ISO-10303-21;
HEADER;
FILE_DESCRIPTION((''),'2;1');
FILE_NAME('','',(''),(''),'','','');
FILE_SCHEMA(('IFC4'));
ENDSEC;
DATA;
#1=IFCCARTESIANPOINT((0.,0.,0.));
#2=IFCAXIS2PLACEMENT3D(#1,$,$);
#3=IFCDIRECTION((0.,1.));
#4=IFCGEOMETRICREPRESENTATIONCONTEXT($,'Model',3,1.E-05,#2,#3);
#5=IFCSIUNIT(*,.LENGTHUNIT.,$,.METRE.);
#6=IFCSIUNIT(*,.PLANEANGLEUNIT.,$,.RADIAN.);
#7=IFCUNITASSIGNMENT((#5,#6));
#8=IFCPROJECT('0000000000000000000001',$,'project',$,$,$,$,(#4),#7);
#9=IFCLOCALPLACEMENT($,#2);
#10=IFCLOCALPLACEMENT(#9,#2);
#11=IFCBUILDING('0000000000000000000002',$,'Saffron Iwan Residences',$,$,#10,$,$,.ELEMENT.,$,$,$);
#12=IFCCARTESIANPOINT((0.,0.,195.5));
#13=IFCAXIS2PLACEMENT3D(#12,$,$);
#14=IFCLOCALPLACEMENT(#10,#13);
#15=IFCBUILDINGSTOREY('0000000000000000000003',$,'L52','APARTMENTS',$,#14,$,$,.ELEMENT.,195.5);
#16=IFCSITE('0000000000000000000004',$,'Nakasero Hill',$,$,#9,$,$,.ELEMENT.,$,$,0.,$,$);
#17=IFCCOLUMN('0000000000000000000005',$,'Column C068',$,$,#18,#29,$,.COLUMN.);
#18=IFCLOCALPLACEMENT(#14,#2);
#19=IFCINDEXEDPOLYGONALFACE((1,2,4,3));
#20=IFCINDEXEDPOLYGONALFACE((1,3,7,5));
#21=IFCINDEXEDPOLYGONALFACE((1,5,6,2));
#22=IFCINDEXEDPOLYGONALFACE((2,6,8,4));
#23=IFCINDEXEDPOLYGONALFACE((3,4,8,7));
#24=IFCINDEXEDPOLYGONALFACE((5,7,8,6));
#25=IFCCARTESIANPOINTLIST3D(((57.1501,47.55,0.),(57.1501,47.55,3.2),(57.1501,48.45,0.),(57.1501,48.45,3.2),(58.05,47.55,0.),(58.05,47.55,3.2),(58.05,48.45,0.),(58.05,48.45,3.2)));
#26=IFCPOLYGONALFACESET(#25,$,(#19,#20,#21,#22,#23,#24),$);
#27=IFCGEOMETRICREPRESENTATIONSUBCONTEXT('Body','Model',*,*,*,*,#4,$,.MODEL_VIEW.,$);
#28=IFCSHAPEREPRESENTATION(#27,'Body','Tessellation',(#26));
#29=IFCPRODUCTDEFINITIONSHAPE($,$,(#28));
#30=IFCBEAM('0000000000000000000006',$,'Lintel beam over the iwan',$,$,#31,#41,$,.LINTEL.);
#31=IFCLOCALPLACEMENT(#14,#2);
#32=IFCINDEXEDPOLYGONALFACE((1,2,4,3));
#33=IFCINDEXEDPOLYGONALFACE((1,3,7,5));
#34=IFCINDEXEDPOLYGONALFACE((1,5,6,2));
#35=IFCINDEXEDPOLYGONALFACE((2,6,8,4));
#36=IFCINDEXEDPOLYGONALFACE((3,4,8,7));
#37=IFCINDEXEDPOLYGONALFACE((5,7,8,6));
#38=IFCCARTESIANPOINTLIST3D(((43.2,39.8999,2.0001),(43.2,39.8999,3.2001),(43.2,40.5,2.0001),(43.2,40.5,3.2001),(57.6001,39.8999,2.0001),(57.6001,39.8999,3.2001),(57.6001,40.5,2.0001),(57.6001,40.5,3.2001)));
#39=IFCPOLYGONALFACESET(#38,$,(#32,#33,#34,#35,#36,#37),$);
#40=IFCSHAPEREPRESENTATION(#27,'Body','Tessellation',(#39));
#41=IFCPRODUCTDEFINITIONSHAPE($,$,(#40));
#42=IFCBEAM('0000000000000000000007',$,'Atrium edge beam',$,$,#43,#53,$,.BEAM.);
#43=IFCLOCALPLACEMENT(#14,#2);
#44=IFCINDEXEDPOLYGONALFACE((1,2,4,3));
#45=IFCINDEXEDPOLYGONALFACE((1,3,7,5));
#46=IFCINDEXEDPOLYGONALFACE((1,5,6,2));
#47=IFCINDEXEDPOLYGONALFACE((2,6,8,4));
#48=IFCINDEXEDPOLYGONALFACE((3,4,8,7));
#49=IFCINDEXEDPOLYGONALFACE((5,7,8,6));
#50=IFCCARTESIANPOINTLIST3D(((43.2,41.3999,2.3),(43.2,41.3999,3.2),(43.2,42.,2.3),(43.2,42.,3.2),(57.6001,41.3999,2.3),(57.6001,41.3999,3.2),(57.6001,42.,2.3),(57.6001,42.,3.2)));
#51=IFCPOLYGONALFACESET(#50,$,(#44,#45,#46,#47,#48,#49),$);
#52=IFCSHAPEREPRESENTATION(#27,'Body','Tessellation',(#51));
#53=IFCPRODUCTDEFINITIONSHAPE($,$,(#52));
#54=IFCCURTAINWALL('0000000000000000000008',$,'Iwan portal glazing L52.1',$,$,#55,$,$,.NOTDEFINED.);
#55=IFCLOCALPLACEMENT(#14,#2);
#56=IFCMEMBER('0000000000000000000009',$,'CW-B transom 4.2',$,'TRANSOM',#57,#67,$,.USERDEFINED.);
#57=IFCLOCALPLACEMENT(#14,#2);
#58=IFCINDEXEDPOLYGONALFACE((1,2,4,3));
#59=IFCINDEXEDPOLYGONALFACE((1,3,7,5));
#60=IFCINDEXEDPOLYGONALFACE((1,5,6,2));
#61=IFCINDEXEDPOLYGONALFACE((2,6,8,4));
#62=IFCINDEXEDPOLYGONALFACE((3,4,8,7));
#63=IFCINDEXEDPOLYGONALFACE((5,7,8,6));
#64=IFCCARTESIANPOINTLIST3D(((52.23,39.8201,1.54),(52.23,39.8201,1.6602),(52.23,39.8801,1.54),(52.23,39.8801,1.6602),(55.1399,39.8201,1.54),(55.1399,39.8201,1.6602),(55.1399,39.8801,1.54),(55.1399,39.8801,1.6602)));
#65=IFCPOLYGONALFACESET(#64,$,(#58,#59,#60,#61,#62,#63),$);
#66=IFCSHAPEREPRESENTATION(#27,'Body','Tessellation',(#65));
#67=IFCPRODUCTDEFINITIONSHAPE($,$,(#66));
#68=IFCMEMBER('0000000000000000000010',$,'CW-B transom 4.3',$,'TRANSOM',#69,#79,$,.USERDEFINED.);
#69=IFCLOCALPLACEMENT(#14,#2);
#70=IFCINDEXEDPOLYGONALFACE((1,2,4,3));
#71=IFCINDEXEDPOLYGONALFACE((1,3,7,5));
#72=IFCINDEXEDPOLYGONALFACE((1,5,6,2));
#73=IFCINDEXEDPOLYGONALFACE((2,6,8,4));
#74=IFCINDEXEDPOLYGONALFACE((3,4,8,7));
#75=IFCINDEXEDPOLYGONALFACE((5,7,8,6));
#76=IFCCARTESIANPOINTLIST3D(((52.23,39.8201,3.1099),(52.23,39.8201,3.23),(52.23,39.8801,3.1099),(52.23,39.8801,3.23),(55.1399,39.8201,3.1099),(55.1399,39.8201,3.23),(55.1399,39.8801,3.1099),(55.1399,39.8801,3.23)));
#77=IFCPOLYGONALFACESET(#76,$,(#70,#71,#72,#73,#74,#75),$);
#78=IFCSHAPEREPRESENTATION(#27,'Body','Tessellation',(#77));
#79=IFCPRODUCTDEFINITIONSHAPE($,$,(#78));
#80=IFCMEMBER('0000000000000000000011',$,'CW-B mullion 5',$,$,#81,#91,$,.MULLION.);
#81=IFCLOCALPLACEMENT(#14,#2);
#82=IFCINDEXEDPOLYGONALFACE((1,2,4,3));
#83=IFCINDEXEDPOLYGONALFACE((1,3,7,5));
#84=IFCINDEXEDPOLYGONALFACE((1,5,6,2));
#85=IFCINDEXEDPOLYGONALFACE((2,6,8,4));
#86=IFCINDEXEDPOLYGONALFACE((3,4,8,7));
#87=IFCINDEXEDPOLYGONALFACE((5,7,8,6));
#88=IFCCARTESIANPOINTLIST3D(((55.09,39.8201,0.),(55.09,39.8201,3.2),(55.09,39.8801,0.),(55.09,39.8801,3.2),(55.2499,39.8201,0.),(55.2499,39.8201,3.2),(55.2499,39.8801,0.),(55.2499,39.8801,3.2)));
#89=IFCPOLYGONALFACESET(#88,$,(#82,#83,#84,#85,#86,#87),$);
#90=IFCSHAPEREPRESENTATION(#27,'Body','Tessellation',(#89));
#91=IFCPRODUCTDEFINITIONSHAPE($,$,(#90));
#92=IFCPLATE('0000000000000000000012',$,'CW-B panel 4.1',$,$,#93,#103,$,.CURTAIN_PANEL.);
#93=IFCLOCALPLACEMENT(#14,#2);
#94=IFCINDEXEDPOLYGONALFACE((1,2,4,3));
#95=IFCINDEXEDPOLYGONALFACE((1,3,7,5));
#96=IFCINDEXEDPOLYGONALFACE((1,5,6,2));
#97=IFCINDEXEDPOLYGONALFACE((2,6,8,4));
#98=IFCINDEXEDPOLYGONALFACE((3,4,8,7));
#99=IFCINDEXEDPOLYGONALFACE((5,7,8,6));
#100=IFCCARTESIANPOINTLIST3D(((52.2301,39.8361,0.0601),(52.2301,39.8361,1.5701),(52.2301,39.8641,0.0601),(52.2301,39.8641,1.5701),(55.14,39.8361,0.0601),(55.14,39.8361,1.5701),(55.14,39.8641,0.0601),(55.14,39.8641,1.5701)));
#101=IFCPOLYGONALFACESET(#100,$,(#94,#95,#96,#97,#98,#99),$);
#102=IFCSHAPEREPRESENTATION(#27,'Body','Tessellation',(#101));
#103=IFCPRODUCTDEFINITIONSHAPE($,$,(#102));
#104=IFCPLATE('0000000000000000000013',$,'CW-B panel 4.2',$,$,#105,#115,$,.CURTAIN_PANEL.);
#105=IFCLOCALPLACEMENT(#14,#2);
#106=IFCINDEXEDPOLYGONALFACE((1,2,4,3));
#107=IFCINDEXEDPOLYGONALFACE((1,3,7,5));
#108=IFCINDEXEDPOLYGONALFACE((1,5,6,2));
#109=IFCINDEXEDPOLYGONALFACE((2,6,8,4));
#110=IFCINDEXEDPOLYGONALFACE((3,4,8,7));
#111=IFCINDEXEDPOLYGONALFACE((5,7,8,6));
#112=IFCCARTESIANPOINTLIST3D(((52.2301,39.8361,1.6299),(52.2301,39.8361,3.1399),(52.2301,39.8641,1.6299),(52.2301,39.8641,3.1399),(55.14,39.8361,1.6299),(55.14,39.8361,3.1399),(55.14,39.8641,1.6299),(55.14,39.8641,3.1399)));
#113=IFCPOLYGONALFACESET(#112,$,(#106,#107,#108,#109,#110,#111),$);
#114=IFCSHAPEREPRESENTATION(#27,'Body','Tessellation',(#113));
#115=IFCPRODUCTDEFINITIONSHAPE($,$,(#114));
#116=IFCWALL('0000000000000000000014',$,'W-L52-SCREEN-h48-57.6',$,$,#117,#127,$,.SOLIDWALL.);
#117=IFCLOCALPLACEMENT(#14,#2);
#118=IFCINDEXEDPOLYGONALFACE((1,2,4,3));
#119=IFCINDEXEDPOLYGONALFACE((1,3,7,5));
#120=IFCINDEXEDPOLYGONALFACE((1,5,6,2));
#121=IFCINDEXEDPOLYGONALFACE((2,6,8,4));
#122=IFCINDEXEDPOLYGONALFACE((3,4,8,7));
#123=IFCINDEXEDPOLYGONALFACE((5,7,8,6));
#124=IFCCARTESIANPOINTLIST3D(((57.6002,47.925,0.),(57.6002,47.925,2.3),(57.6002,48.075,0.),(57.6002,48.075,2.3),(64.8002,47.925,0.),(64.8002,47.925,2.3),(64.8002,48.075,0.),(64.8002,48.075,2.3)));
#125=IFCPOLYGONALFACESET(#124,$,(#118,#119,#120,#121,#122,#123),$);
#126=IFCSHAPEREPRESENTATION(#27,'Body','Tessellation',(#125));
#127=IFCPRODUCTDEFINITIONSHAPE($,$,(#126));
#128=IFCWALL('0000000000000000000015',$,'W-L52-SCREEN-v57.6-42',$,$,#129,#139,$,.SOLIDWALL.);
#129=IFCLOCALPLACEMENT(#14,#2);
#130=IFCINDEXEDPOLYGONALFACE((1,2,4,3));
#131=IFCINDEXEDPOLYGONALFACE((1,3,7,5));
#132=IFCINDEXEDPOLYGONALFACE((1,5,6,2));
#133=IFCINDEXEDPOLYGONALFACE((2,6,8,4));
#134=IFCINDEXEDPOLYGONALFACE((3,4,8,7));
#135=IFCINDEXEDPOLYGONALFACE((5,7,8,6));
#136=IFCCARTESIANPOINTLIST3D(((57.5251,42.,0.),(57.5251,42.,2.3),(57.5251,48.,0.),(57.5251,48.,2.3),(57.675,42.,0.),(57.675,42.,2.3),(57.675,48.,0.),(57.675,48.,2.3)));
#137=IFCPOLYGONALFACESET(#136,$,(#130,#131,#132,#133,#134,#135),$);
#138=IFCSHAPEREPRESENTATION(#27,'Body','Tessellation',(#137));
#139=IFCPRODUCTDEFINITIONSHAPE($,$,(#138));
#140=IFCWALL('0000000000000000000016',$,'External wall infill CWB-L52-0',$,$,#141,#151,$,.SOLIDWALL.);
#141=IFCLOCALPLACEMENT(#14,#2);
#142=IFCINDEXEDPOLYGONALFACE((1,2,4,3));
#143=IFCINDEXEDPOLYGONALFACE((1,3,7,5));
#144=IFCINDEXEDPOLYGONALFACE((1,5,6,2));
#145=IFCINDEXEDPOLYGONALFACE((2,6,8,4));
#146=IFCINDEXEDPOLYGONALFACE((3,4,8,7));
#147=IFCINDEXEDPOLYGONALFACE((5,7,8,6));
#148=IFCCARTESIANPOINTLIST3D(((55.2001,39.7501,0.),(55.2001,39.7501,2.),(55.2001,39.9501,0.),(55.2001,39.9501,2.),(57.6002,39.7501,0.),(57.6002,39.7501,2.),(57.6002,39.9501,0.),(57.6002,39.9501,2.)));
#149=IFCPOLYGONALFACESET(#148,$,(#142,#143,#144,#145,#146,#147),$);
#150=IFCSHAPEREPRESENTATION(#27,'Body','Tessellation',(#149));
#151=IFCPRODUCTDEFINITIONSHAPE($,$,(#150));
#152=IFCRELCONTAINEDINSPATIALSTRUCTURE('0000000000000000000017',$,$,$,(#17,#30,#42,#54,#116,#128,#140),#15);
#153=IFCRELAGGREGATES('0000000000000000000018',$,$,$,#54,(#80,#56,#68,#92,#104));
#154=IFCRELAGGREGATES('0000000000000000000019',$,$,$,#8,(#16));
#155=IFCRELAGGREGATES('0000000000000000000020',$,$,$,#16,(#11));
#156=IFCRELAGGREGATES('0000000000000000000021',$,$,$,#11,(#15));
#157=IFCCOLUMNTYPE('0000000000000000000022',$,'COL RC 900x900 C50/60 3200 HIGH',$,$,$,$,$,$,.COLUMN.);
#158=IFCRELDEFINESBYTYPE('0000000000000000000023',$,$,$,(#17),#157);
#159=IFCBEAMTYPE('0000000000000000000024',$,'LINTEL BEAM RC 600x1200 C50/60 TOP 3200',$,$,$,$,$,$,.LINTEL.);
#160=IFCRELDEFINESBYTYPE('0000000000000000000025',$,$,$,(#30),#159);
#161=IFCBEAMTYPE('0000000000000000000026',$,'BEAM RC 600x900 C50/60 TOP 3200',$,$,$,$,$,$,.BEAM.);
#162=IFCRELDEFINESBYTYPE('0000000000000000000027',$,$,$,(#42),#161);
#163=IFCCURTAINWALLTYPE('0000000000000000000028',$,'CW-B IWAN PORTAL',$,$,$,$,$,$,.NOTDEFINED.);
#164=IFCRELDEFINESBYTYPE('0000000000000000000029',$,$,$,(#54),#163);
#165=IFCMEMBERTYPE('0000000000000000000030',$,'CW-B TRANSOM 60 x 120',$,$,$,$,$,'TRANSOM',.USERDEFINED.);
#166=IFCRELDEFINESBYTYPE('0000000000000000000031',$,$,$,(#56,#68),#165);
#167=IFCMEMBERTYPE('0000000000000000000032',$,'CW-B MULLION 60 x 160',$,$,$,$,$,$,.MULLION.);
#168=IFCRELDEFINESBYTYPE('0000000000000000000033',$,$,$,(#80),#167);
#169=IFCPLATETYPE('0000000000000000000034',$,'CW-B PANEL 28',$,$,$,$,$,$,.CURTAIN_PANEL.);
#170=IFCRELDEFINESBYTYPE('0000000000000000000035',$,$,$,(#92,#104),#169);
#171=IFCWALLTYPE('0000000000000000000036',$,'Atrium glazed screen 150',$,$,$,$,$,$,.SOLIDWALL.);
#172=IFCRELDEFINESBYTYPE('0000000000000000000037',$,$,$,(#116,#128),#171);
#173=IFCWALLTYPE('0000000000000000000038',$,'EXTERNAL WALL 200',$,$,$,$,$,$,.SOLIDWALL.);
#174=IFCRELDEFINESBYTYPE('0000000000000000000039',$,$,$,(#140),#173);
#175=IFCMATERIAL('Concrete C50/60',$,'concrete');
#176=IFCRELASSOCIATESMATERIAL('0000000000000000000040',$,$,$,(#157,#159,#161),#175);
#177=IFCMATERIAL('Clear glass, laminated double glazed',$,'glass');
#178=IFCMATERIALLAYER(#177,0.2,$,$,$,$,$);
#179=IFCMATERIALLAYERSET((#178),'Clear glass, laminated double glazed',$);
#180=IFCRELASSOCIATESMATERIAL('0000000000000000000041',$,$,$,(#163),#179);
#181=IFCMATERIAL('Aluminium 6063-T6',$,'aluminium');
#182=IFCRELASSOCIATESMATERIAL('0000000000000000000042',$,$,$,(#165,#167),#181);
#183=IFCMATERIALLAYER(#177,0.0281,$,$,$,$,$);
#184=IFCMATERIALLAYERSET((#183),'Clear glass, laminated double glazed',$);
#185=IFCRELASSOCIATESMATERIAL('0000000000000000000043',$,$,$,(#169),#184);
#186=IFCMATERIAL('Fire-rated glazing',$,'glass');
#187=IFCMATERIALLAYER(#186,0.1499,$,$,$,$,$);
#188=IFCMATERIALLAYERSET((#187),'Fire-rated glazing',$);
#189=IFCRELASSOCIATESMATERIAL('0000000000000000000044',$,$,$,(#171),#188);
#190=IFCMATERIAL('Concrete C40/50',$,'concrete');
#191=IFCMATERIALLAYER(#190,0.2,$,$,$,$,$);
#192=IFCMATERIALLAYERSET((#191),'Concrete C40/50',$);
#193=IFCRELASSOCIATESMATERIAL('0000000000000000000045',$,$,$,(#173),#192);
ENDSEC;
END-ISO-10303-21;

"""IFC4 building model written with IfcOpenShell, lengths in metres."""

from ifc_helpers import new_model, si_unit, direction, frame, frame_2d, origin, origin_2d, place, context, subcontext, project, spatial, rectangle, extrude, source, transform, mapped, material, layer, layer_set, material_profile, profile_set, type_object, element, aggregate, save


model = new_model("IFC4")

# Units and contexts
model_context = context("Model", 3, precision=1e-05, world=origin(), true_north=direction((0.0, 1.0)))
body_context = subcontext(model_context, "Body", "Model", "MODEL_VIEW")
ifc_project = project(units=[si_unit("LENGTHUNIT", "METRE"), si_unit("PLANEANGLEUNIT", "RADIAN")], contexts=[model_context])

# Site, building, storey
site_placement = place(None, origin())
site = spatial("IfcSite", under=ifc_project, at=site_placement, Name="Nakasero Hill", CompositionType="ELEMENT", RefElevation=0.0)
building_placement = place(site_placement, origin())
building = spatial("IfcBuilding", under=site, at=building_placement, Name="Saffron Iwan Residences", CompositionType="ELEMENT")
storey_placement = place(building_placement, frame((0.0, 0.0, 195.5)))
storey = spatial("IfcBuildingStorey", under=building, at=storey_placement, Name="L52", Description="APARTMENTS", CompositionType="ELEMENT", Elevation=195.5)

# Column
ifc_material_1 = material(Name="Concrete C50/60", Category="concrete")
ifc_material_profile_1 = material_profile(ifc_material_1, rectangle(XDim=0.8999, YDim=0.8999, at=origin_2d()), Name="RC 900x900")
ifc_profile_set_1 = profile_set([ifc_material_profile_1], Name="Concrete C50/60")
column_type = type_object("IfcColumnType", Name="COL RC 900x900 C50/60 3200 HIGH", PredefinedType="COLUMN", material=ifc_profile_set_1)
shared_shape_1 = source(origin(), body_context, "Body", "SweptSolid", [
    extrude(rectangle(XDim=0.8999, YDim=0.8999, at=origin_2d()), origin(), (0.0, 0.0, 1.0), 3.2),
])
column_placement = place(storey_placement, frame((57.6001, 48.0, 0.0), z_axis=(0.0, 0.0, 1.0), x_axis=(1.0, 0.0, 0.0)))
element("IfcColumn", 1, at=column_placement, inside=storey, type_object=column_type, Name="Column C068", PredefinedType="COLUMN", context=body_context, shape_type="MappedRepresentation", body=[
    mapped(shared_shape_1, transform((0.0, 0.0, 0.0))),
])

# Beams
ifc_material_profile_2 = material_profile(ifc_material_1, rectangle(XDim=0.6001, YDim=1.2, at=origin_2d()), Name="RC 600x1200")
ifc_profile_set_2 = profile_set([ifc_material_profile_2], Name="Concrete C50/60")
beam_type_1 = type_object("IfcBeamType", Name="LINTEL BEAM RC 600x1200 C50/60 TOP 3200", PredefinedType="LINTEL", material=ifc_profile_set_2)
shared_shape_2 = source(origin(), body_context, "Body", "SweptSolid", [
    extrude(rectangle(XDim=0.6001, YDim=1.2, at=origin_2d()), origin(), (0.0, 0.0, 1.0), 14.4001),
])
beam_1_placement = place(storey_placement, frame((57.6001, 40.2, 2.6001), z_axis=(-1.0, 0.0, 0.0), x_axis=(0.0, -1.0, 0.0)))
element("IfcBeam", 2, at=beam_1_placement, inside=storey, type_object=beam_type_1, Name="Lintel beam over the iwan", PredefinedType="LINTEL", context=body_context, shape_type="MappedRepresentation", body=[
    mapped(shared_shape_2, transform((0.0, 0.0, 0.0))),
])
ifc_material_profile_3 = material_profile(ifc_material_1, rectangle(XDim=0.6001, YDim=0.8999, at=origin_2d()), Name="RC 600x900")
ifc_profile_set_3 = profile_set([ifc_material_profile_3], Name="Concrete C50/60")
beam_type_2 = type_object("IfcBeamType", Name="BEAM RC 600x900 C50/60 TOP 3200", PredefinedType="BEAM", material=ifc_profile_set_3)
shared_shape_3 = source(origin(), body_context, "Body", "SweptSolid", [
    extrude(rectangle(XDim=0.6001, YDim=0.8999, at=origin_2d()), origin(), (0.0, 0.0, 1.0), 14.4001),
])
beam_2_placement = place(storey_placement, frame((57.6001, 41.7, 2.75), z_axis=(-1.0, 0.0, 0.0), x_axis=(0.0, -1.0, 0.0)))
element("IfcBeam", 3, at=beam_2_placement, inside=storey, type_object=beam_type_2, Name="Atrium edge beam", PredefinedType="BEAM", context=body_context, shape_type="MappedRepresentation", body=[
    mapped(shared_shape_3, transform((0.0, 0.0, 0.0))),
])

# Curtain wall, members, plates
ifc_material_2 = material(Name="Clear glass, laminated double glazed", Category="glass")
ifc_layer_1 = layer(ifc_material_2, 0.2)
ifc_layer_set_1 = layer_set([ifc_layer_1], Name="Clear glass, laminated double glazed")
curtain_wall_type = type_object("IfcCurtainWallType", Name="CW-B IWAN PORTAL", PredefinedType="NOTDEFINED", material=ifc_layer_set_1)
curtain_wall_placement = place(storey_placement, origin())
curtain_wall = element("IfcCurtainWall", 4, at=curtain_wall_placement, inside=storey, type_object=curtain_wall_type, Name="Iwan portal glazing L52.1", PredefinedType="NOTDEFINED")
ifc_material_3 = material(Name="Aluminium 6063-T6", Category="aluminium")
ifc_material_profile_4 = material_profile(ifc_material_3, rectangle(XDim=0.0601, YDim=0.1201, at=origin_2d()), Name="CW-B TRANSOM 60 x 120")
ifc_profile_set_4 = profile_set([ifc_material_profile_4], Name="Aluminium 6063-T6")
member_type_1 = type_object("IfcMemberType", Name="CW-B TRANSOM 60 x 120", ElementType="TRANSOM", PredefinedType="USERDEFINED", material=ifc_profile_set_4)
shared_shape_4 = source(origin(), body_context, "Body", "SweptSolid", [
    extrude(rectangle(XDim=0.0601, YDim=0.1201, at=origin_2d()), origin(), (0.0, 0.0, 1.0), 2.9099),
])
member_1_placement = place(storey_placement, frame((52.23, 39.8501, 1.6001), z_axis=(1.0, 0.0, 0.0), x_axis=(0.0, 1.0, 0.0)))
member_1 = element("IfcMember", 5, at=member_1_placement, type_object=member_type_1, Name="CW-B transom 4.2", ObjectType="TRANSOM", PredefinedType="USERDEFINED", context=body_context, shape_type="MappedRepresentation", body=[
    mapped(shared_shape_4, transform((0.0, 0.0, 0.0))),
])
member_2_placement = place(storey_placement, frame((52.23, 39.8501, 3.1699), z_axis=(1.0, 0.0, 0.0), x_axis=(0.0, 1.0, 0.0)))
member_2 = element("IfcMember", 6, at=member_2_placement, type_object=member_type_1, Name="CW-B transom 4.3", ObjectType="TRANSOM", PredefinedType="USERDEFINED", context=body_context, shape_type="MappedRepresentation", body=[
    mapped(shared_shape_4, transform((0.0, 0.0, 0.0))),
])
ifc_material_profile_5 = material_profile(ifc_material_3, rectangle(XDim=0.0601, YDim=0.1599, at=origin_2d()), Name="CW-B MULLION 60 x 160")
ifc_profile_set_5 = profile_set([ifc_material_profile_5], Name="Aluminium 6063-T6")
member_type_2 = type_object("IfcMemberType", Name="CW-B MULLION 60 x 160", PredefinedType="MULLION", material=ifc_profile_set_5)
shared_shape_5 = source(origin(), body_context, "Body", "SweptSolid", [
    extrude(rectangle(XDim=0.0601, YDim=0.1599, at=origin_2d()), origin(), (0.0, 0.0, 1.0), 3.2),
])
member_3_placement = place(storey_placement, frame((55.1699, 39.8501, 0.0), z_axis=(0.0, 0.0, 1.0), x_axis=(0.0, 1.0, 0.0)))
member_3 = element("IfcMember", 7, at=member_3_placement, type_object=member_type_2, Name="CW-B mullion 5", PredefinedType="MULLION", context=body_context, shape_type="MappedRepresentation", body=[
    mapped(shared_shape_5, transform((0.0, 0.0, 0.0))),
])
ifc_layer_2 = layer(ifc_material_2, 0.0281)
ifc_layer_set_2 = layer_set([ifc_layer_2], Name="Clear glass, laminated double glazed")
plate_type = type_object("IfcPlateType", Name="CW-B PANEL 28", PredefinedType="CURTAIN_PANEL", material=ifc_layer_set_2)
shared_shape_6 = source(origin(), body_context, "Body", "SweptSolid", [
    extrude(rectangle(XDim=2.9099, YDim=0.0281, at=origin_2d()), origin(), (0.0, 0.0, 1.0), 1.51),
])
plate_1_placement = place(storey_placement, frame((53.6851, 39.8501, 0.0601), z_axis=(0.0, 0.0, 1.0), x_axis=(1.0, 0.0, 0.0)))
plate_1 = element("IfcPlate", 8, at=plate_1_placement, type_object=plate_type, Name="CW-B panel 4.1", PredefinedType="CURTAIN_PANEL", context=body_context, shape_type="MappedRepresentation", body=[
    mapped(shared_shape_6, transform((0.0, 0.0, 0.0))),
])
plate_2_placement = place(storey_placement, frame((53.6851, 39.8501, 1.6299), z_axis=(0.0, 0.0, 1.0), x_axis=(1.0, 0.0, 0.0)))
plate_2 = element("IfcPlate", 9, at=plate_2_placement, type_object=plate_type, Name="CW-B panel 4.2", PredefinedType="CURTAIN_PANEL", context=body_context, shape_type="MappedRepresentation", body=[
    mapped(shared_shape_6, transform((0.0, 0.0, 0.0))),
])
aggregate(curtain_wall, [member_3, member_1, member_2, plate_1, plate_2])

# Walls
ifc_material_4 = material(Name="Fire-rated glazing", Category="glass")
ifc_layer_3 = layer(ifc_material_4, 0.1499)
ifc_layer_set_3 = layer_set([ifc_layer_3], Name="Fire-rated glazing")
wall_type_1 = type_object("IfcWallType", Name="Atrium glazed screen 150", PredefinedType="SOLIDWALL", material=ifc_layer_set_3)
wall_1_placement = place(storey_placement, frame((57.6001, 48.0, 0.0), z_axis=(0.0, 0.0, 1.0), x_axis=(1.0, 0.0, 0.0)))
element("IfcWall", 10, at=wall_1_placement, inside=storey, type_object=wall_type_1, Name="W-L52-SCREEN-h48-57.6", PredefinedType="SOLIDWALL", context=body_context, shape_type="SweptSolid", body=[
    extrude(rectangle(XDim=7.2, YDim=0.1499, at=frame_2d((3.6001, 0.0))), origin(), (0.0, 0.0, 1.0), 2.3),
])
wall_2_placement = place(storey_placement, frame((57.6001, 42.0, 0.0), z_axis=(0.0, 0.0, 1.0), x_axis=(0.0, 1.0, 0.0)))
element("IfcWall", 11, at=wall_2_placement, inside=storey, type_object=wall_type_1, Name="W-L52-SCREEN-v57.6-42", PredefinedType="SOLIDWALL", context=body_context, shape_type="SweptSolid", body=[
    extrude(rectangle(XDim=6.0, YDim=0.1499, at=frame_2d((3.0, 0.0))), origin(), (0.0, 0.0, 1.0), 2.3),
])
ifc_material_5 = material(Name="Concrete C40/50", Category="concrete")
ifc_layer_4 = layer(ifc_material_5, 0.2)
ifc_layer_set_4 = layer_set([ifc_layer_4], Name="Concrete C40/50")
wall_type_2 = type_object("IfcWallType", Name="EXTERNAL WALL 200", PredefinedType="SOLIDWALL", material=ifc_layer_set_4)
wall_3_placement = place(storey_placement, frame((55.2, 39.8501, 0.0), z_axis=(0.0, 0.0, 1.0), x_axis=(1.0, 0.0, 0.0)))
element("IfcWall", 12, at=wall_3_placement, inside=storey, type_object=wall_type_2, Name="External wall infill CWB-L52-0", PredefinedType="SOLIDWALL", context=body_context, shape_type="SweptSolid", body=[
    extrude(rectangle(XDim=2.4001, YDim=0.2, at=frame_2d((1.2002, 0.0))), origin(), (0.0, 0.0, 1.0), 2.0),
])

save(model, "model.ifc")
